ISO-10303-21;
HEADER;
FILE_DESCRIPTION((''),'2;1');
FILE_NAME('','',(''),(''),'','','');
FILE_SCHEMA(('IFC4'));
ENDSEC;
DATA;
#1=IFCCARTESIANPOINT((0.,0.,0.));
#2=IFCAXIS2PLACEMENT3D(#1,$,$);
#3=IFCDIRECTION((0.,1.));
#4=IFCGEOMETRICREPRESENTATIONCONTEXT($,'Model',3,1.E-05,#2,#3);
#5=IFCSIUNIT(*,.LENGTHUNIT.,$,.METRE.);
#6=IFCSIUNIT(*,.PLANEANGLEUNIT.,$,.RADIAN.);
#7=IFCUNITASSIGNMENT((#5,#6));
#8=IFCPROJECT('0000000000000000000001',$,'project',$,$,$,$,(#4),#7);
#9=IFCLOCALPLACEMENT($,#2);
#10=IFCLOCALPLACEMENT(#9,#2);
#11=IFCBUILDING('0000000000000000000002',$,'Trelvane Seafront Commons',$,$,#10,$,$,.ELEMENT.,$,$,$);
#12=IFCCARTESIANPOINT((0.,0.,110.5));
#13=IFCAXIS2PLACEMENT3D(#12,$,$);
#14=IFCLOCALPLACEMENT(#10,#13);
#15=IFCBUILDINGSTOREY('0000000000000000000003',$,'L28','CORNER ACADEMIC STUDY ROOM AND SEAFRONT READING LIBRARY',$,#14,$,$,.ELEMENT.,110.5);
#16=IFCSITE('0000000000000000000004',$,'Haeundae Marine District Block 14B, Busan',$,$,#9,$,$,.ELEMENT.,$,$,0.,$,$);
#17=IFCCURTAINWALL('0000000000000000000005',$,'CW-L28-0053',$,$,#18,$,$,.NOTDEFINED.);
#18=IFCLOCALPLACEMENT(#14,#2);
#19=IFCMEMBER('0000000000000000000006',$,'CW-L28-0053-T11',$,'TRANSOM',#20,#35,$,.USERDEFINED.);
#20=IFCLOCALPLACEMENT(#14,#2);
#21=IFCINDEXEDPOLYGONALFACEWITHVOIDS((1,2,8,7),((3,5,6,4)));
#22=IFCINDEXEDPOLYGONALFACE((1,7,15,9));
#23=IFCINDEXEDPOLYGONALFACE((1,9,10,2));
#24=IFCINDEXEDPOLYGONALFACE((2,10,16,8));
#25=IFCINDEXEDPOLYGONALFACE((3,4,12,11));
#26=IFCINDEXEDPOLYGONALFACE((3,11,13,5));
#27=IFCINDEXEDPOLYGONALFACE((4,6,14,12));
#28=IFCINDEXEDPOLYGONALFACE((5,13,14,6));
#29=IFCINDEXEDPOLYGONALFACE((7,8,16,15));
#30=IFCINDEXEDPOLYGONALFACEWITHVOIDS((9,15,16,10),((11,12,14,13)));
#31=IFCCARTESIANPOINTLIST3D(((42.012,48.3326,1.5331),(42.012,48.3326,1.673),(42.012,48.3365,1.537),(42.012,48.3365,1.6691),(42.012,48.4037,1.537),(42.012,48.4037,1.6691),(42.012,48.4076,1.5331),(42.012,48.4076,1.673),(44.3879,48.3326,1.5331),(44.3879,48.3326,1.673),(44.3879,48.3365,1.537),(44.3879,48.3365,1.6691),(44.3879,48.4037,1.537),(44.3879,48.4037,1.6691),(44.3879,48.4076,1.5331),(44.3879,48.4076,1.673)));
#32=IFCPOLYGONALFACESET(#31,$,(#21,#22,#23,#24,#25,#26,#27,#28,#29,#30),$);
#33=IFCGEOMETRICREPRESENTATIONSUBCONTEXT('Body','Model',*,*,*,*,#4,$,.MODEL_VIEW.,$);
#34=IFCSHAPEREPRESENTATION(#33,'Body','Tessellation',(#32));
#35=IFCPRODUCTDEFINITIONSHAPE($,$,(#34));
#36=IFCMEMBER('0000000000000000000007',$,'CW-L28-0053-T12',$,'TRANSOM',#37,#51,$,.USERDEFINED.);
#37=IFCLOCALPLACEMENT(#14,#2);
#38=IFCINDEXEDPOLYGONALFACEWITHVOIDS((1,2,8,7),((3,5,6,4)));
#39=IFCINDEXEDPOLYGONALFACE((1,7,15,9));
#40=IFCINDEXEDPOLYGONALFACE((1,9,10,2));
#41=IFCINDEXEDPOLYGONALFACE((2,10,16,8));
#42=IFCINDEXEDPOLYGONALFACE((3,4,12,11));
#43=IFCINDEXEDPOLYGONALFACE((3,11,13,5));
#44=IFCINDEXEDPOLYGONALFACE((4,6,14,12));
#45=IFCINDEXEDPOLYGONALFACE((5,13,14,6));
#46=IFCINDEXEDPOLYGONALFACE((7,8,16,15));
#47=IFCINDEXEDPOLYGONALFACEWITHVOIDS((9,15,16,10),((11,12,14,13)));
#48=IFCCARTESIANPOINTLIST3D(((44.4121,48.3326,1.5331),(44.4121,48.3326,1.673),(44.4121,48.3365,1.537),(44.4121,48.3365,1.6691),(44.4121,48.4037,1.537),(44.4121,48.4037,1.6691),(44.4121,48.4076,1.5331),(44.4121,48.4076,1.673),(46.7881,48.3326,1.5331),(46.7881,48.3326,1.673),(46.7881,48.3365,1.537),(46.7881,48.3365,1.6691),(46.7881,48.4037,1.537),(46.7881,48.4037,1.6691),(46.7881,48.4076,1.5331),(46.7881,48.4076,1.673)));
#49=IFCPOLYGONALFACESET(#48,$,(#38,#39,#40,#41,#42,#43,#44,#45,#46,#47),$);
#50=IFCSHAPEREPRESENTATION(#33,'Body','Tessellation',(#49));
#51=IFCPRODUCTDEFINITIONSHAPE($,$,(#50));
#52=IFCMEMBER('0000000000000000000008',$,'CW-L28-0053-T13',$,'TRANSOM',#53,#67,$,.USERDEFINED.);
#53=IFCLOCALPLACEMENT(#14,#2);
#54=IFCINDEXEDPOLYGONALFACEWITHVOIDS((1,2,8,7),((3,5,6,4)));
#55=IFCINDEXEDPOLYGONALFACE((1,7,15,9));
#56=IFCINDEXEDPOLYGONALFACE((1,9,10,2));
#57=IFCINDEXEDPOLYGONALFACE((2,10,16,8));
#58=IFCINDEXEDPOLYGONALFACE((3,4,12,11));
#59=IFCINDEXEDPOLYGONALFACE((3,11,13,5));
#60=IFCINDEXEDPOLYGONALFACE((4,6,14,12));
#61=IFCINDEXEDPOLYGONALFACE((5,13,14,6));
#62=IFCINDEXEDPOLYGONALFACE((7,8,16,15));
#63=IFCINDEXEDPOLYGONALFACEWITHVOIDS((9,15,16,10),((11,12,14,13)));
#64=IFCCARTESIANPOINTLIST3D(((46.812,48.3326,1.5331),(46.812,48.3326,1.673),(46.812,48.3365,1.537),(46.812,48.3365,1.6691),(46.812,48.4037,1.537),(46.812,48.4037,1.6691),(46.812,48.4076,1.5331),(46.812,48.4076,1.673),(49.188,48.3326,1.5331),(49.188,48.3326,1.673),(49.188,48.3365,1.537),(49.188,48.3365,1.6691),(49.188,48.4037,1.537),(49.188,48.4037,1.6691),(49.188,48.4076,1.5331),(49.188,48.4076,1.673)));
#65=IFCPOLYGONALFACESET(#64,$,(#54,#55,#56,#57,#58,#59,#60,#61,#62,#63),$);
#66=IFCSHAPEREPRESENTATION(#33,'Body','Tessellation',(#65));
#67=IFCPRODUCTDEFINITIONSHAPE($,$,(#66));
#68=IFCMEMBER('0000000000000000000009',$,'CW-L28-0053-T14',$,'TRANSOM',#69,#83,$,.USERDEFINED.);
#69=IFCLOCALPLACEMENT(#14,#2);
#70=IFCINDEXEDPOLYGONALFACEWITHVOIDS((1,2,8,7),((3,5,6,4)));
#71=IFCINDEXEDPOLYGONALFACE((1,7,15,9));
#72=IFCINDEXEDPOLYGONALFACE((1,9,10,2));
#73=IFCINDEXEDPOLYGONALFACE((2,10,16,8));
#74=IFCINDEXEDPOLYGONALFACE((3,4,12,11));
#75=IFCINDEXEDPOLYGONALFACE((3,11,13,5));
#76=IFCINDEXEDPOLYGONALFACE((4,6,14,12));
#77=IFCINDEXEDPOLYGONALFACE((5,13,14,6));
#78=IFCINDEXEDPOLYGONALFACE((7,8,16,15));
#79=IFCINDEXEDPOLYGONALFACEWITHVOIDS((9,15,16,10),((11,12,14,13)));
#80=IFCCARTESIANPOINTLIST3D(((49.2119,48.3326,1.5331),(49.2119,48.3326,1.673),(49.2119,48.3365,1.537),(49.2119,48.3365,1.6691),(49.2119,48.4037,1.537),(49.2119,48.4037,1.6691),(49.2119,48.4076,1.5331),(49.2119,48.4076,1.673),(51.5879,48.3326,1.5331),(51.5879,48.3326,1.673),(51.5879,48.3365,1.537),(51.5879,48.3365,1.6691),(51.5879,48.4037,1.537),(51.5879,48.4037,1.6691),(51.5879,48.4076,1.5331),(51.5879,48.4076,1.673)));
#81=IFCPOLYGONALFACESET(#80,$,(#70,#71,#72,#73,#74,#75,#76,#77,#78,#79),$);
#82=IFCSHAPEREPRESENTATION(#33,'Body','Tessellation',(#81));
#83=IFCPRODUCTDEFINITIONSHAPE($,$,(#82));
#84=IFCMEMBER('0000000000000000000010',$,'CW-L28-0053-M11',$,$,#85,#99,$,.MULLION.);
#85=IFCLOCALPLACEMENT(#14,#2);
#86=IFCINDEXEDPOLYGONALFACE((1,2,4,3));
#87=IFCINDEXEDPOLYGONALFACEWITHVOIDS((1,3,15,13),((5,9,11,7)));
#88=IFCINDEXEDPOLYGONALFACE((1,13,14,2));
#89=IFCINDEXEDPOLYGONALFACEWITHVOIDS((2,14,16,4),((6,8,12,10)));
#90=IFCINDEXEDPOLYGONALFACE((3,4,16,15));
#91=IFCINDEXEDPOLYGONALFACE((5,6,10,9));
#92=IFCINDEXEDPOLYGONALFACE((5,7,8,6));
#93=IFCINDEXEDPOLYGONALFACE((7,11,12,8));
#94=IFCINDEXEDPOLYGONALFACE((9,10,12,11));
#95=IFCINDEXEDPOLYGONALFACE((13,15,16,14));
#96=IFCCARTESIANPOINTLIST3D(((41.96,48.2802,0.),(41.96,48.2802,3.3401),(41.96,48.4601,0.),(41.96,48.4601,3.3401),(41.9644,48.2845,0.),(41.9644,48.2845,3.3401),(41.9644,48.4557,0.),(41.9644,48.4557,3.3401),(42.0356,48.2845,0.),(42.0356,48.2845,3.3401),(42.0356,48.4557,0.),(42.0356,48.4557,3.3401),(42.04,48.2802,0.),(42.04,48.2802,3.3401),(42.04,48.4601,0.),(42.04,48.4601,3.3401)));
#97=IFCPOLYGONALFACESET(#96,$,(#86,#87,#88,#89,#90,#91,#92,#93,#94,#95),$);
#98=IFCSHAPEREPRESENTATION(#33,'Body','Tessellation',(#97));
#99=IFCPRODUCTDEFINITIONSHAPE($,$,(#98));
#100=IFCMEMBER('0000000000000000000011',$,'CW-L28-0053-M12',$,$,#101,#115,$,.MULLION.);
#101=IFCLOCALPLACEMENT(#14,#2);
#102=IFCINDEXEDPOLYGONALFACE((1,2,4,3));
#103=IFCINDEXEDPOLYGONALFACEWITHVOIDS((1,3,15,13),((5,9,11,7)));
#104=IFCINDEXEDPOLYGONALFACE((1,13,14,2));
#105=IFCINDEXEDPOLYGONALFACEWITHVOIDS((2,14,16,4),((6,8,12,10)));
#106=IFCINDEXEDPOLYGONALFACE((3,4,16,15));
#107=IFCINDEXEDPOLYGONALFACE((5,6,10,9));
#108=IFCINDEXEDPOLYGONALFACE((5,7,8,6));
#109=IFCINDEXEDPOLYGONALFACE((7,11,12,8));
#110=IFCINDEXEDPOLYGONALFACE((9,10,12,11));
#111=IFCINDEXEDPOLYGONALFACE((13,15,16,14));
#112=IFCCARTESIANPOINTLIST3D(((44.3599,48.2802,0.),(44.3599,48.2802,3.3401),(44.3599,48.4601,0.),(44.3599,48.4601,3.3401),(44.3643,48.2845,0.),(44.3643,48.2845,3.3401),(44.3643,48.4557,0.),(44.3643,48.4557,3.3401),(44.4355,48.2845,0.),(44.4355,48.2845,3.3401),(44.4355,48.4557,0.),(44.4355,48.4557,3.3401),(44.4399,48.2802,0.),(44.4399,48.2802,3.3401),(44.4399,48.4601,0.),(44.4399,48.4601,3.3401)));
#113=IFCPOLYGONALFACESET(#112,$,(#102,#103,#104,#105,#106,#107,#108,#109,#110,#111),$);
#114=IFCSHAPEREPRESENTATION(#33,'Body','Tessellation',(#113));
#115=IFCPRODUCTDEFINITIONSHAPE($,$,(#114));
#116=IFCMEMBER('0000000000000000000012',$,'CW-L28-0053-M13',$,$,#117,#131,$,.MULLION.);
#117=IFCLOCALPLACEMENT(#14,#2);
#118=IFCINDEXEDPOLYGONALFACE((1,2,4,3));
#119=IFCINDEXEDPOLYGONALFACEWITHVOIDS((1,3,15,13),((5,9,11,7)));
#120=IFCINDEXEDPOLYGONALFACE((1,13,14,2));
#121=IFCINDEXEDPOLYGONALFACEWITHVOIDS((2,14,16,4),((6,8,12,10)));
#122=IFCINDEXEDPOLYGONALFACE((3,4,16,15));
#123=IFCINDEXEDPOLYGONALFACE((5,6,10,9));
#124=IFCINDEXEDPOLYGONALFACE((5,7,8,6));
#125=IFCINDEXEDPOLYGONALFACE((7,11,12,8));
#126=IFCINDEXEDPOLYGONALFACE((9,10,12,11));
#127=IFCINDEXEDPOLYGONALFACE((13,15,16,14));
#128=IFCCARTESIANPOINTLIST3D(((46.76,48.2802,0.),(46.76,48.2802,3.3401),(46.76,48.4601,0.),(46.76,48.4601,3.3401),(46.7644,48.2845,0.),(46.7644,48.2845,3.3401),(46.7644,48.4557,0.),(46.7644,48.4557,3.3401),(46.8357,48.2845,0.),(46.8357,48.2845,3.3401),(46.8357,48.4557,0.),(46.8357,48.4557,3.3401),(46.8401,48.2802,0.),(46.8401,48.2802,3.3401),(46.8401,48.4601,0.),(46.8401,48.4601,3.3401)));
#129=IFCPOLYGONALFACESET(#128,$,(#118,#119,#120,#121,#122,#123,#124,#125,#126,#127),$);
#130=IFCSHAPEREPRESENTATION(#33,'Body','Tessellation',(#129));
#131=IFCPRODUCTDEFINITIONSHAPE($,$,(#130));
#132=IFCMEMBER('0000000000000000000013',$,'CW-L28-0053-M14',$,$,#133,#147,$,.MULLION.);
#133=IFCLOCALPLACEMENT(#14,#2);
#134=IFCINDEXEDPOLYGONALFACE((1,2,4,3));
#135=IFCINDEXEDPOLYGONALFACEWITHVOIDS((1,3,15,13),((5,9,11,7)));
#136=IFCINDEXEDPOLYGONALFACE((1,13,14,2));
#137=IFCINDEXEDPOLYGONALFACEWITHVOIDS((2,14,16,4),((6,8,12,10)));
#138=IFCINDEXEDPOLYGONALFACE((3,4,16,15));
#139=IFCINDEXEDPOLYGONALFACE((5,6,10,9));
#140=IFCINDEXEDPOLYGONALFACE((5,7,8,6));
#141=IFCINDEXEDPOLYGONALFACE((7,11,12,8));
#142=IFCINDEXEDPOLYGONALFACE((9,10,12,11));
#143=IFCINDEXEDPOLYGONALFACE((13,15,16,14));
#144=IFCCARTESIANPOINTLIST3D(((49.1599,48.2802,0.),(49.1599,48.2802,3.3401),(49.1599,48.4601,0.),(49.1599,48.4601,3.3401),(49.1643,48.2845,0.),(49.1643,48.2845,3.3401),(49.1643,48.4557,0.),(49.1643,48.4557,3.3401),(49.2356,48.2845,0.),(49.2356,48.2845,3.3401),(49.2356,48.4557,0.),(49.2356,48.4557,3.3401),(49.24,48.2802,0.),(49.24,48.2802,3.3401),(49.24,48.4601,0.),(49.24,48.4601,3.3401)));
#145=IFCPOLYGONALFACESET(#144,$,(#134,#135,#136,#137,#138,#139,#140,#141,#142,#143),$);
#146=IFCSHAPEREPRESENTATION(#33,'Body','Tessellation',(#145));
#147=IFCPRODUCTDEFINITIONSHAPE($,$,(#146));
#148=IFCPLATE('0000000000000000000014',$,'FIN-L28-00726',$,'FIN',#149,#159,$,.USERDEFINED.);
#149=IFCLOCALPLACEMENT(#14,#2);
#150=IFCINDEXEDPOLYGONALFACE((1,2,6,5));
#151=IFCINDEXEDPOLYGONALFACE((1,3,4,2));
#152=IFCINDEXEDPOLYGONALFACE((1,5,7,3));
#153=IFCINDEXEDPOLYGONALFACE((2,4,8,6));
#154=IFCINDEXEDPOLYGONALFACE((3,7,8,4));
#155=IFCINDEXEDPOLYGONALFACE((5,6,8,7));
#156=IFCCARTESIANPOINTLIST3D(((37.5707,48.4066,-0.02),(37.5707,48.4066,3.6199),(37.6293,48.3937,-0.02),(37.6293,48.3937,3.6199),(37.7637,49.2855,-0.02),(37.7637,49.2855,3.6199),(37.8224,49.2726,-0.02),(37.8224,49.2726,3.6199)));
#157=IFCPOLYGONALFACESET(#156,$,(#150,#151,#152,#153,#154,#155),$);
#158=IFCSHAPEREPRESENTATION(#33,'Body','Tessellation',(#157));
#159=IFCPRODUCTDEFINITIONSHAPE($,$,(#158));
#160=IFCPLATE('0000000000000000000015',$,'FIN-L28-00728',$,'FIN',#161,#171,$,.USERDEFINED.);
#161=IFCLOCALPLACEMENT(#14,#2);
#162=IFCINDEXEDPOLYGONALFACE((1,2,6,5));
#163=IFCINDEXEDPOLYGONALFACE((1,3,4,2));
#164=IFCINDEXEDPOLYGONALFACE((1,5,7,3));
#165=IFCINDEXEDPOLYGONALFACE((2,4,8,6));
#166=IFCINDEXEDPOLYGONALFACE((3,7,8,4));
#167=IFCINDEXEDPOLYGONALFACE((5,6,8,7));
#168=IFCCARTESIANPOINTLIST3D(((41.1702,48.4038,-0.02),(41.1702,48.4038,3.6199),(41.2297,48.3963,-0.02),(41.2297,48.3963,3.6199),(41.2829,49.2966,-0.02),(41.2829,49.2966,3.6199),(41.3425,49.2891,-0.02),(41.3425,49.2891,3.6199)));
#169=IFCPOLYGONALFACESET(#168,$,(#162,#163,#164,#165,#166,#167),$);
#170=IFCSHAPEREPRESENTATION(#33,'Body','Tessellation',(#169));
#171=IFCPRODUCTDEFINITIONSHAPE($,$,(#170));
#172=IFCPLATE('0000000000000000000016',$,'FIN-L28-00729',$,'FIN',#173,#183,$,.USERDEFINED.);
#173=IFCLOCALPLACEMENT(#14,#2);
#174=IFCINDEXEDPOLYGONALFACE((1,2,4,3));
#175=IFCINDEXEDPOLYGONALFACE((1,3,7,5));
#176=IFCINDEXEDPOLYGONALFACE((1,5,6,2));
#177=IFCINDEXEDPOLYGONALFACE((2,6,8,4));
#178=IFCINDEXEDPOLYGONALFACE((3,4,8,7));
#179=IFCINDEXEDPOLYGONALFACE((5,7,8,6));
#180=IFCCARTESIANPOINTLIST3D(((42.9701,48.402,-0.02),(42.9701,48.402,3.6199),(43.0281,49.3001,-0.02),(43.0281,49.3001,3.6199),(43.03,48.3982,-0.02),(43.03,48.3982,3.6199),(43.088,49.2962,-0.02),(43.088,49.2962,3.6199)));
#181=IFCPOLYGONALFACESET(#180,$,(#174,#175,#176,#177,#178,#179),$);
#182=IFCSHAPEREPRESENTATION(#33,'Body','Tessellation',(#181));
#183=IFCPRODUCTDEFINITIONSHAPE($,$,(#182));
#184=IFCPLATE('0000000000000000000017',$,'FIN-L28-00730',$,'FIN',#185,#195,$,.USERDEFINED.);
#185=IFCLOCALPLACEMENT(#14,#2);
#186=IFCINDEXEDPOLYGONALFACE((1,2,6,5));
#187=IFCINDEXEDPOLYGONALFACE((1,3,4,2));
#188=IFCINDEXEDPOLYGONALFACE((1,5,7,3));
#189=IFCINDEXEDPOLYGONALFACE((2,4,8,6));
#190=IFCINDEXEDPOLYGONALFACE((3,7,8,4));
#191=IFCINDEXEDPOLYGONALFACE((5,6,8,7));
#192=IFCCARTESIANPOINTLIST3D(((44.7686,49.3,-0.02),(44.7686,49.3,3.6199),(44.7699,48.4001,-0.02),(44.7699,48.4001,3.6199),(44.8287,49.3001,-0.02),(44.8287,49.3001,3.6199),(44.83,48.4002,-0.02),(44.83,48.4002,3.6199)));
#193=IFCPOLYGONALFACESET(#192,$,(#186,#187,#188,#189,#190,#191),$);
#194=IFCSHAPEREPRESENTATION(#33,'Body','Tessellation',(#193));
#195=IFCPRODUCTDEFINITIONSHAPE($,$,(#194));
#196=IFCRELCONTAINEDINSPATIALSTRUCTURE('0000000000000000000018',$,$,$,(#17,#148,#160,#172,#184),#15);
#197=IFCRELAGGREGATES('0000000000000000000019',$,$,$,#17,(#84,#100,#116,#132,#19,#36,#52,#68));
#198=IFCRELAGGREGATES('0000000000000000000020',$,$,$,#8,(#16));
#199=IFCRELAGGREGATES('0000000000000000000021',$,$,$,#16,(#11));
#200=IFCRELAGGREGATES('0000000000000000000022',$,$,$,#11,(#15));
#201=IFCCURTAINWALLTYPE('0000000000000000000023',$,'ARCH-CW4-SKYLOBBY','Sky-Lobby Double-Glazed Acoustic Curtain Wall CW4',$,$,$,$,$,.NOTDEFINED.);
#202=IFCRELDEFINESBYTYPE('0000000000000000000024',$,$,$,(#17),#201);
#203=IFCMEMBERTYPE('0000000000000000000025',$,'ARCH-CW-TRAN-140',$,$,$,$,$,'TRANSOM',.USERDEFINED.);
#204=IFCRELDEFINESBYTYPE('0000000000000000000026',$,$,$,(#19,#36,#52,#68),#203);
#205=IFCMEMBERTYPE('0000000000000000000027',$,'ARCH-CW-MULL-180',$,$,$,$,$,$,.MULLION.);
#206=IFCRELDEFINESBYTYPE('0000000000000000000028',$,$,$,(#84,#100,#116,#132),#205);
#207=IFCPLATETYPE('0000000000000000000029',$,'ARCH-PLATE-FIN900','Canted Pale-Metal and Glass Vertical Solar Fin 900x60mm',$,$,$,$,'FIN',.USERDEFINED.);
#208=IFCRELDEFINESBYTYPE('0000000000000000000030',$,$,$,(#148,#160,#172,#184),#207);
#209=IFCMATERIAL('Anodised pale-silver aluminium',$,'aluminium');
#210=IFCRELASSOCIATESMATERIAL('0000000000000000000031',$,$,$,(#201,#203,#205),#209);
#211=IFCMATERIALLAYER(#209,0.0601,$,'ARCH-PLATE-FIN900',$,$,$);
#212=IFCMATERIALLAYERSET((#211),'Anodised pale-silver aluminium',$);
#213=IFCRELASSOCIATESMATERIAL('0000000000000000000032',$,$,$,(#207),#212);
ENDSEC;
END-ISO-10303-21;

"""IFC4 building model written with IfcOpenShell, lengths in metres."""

from ifc_helpers import new_model, si_unit, direction, frame, origin, origin_2d, place, context, subcontext, project, spatial, rectangle, hollow_rectangle, extrude, source, transform, mapped, material, layer, layer_set, material_profile, profile_set, type_object, element, aggregate, save


model = new_model("IFC4")

# Units and contexts
model_context = context("Model", 3, precision=1e-05, world=origin(), true_north=direction((0.0, 1.0)))
body_context = subcontext(model_context, "Body", "Model", "MODEL_VIEW")
ifc_project = project(units=[si_unit("LENGTHUNIT", "METRE"), si_unit("PLANEANGLEUNIT", "RADIAN")], contexts=[model_context])

# Site, building, storey
site_placement = place(None, origin())
site = spatial("IfcSite", under=ifc_project, at=site_placement, Name="Haeundae Marine District Block 14B, Busan", CompositionType="ELEMENT", RefElevation=0.0)
building_placement = place(site_placement, origin())
building = spatial("IfcBuilding", under=site, at=building_placement, Name="Trelvane Seafront Commons", CompositionType="ELEMENT")
storey_placement = place(building_placement, frame((0.0, 0.0, 110.5)))
storey = spatial("IfcBuildingStorey", under=building, at=storey_placement, Name="L28", Description="CORNER ACADEMIC STUDY ROOM AND SEAFRONT READING LIBRARY", CompositionType="ELEMENT", Elevation=110.5)

# Curtain wall, members
ifc_material_1 = material(Name="Anodised pale-silver aluminium", Category="aluminium")
curtain_wall_type = type_object("IfcCurtainWallType", Name="ARCH-CW4-SKYLOBBY", Description="Sky-Lobby Double-Glazed Acoustic Curtain Wall CW4", PredefinedType="NOTDEFINED", material=ifc_material_1)
curtain_wall_placement = place(storey_placement, origin())
curtain_wall = element("IfcCurtainWall", 1, at=curtain_wall_placement, inside=storey, type_object=curtain_wall_type, Name="CW-L28-0053", PredefinedType="NOTDEFINED")
ifc_material_profile_1 = material_profile(ifc_material_1, hollow_rectangle(XDim=0.075, YDim=0.1399, WallThickness=0.0039, at=origin_2d()), Name="TRAN-75x140x4")
ifc_profile_set_1 = profile_set([ifc_material_profile_1], Name="Anodised pale-silver aluminium")
member_type_1 = type_object("IfcMemberType", Name="ARCH-CW-TRAN-140", ElementType="TRANSOM", PredefinedType="USERDEFINED", material=ifc_profile_set_1)
shared_shape_1 = source(origin(), body_context, "Body", "SweptSolid", [
    extrude(hollow_rectangle(XDim=0.075, YDim=0.1399, WallThickness=0.0039, at=origin_2d()), origin(), (0.0, 0.0, 1.0), 2.376),
])
member_1_placement = place(storey_placement, frame((42.012, 48.3701, 1.603), z_axis=(1.0, 0.0, 0.0), x_axis=(0.0, 1.0, 0.0)))
member_1 = element("IfcMember", 2, at=member_1_placement, type_object=member_type_1, Name="CW-L28-0053-T11", ObjectType="TRANSOM", PredefinedType="USERDEFINED", context=body_context, shape_type="MappedRepresentation", body=[
    mapped(shared_shape_1, transform((0.0, 0.0, 0.0), x_axis=(1.0, 0.0, 0.0), y_axis=(0.0, 1.0, 0.0), z_axis=(0.0, 0.0, 1.0), scale=1.0)),
])
member_2_placement = place(storey_placement, frame((44.4121, 48.3701, 1.603), z_axis=(1.0, 0.0, 0.0), x_axis=(0.0, 1.0, 0.0)))
member_2 = element("IfcMember", 3, at=member_2_placement, type_object=member_type_1, Name="CW-L28-0053-T12", ObjectType="TRANSOM", PredefinedType="USERDEFINED", context=body_context, shape_type="MappedRepresentation", body=[
    mapped(shared_shape_1, transform((0.0, 0.0, 0.0), x_axis=(1.0, 0.0, 0.0), y_axis=(0.0, 1.0, 0.0), z_axis=(0.0, 0.0, 1.0), scale=1.0)),
])
member_3_placement = place(storey_placement, frame((46.812, 48.3701, 1.603), z_axis=(1.0, 0.0, 0.0), x_axis=(0.0, 1.0, 0.0)))
member_3 = element("IfcMember", 4, at=member_3_placement, type_object=member_type_1, Name="CW-L28-0053-T13", ObjectType="TRANSOM", PredefinedType="USERDEFINED", context=body_context, shape_type="MappedRepresentation", body=[
    mapped(shared_shape_1, transform((0.0, 0.0, 0.0), x_axis=(1.0, 0.0, 0.0), y_axis=(0.0, 1.0, 0.0), z_axis=(0.0, 0.0, 1.0), scale=1.0)),
])
member_4_placement = place(storey_placement, frame((49.2119, 48.3701, 1.603), z_axis=(1.0, 0.0, 0.0), x_axis=(0.0, 1.0, 0.0)))
member_4 = element("IfcMember", 5, at=member_4_placement, type_object=member_type_1, Name="CW-L28-0053-T14", ObjectType="TRANSOM", PredefinedType="USERDEFINED", context=body_context, shape_type="MappedRepresentation", body=[
    mapped(shared_shape_1, transform((0.0, 0.0, 0.0), x_axis=(1.0, 0.0, 0.0), y_axis=(0.0, 1.0, 0.0), z_axis=(0.0, 0.0, 1.0), scale=1.0)),
])
ifc_material_profile_2 = material_profile(ifc_material_1, hollow_rectangle(XDim=0.0801, YDim=0.1799, WallThickness=0.0044, at=origin_2d()), Name="MULL-80x180x4.5")
ifc_profile_set_2 = profile_set([ifc_material_profile_2], Name="Anodised pale-silver aluminium")
member_type_2 = type_object("IfcMemberType", Name="ARCH-CW-MULL-180", PredefinedType="MULLION", material=ifc_profile_set_2)
shared_shape_2 = source(origin(), body_context, "Body", "SweptSolid", [
    extrude(hollow_rectangle(XDim=0.0801, YDim=0.1799, WallThickness=0.0044, at=origin_2d()), origin(), (0.0, 0.0, 1.0), 3.3401),
])
member_5_placement = place(storey_placement, frame((42.0, 48.3701, 0.0), z_axis=(0.0, 0.0, 1.0), x_axis=(1.0, 0.0, 0.0)))
member_5 = element("IfcMember", 6, at=member_5_placement, type_object=member_type_2, Name="CW-L28-0053-M11", PredefinedType="MULLION", context=body_context, shape_type="MappedRepresentation", body=[
    mapped(shared_shape_2, transform((0.0, 0.0, 0.0), x_axis=(1.0, 0.0, 0.0), y_axis=(0.0, 1.0, 0.0), z_axis=(0.0, 0.0, 1.0), scale=1.0)),
])
member_6_placement = place(storey_placement, frame((44.3999, 48.3701, 0.0), z_axis=(0.0, 0.0, 1.0), x_axis=(1.0, 0.0, 0.0)))
member_6 = element("IfcMember", 7, at=member_6_placement, type_object=member_type_2, Name="CW-L28-0053-M12", PredefinedType="MULLION", context=body_context, shape_type="MappedRepresentation", body=[
    mapped(shared_shape_2, transform((0.0, 0.0, 0.0), x_axis=(1.0, 0.0, 0.0), y_axis=(0.0, 1.0, 0.0), z_axis=(0.0, 0.0, 1.0), scale=1.0)),
])
member_7_placement = place(storey_placement, frame((46.8, 48.3701, 0.0), z_axis=(0.0, 0.0, 1.0), x_axis=(1.0, 0.0, 0.0)))
member_7 = element("IfcMember", 8, at=member_7_placement, type_object=member_type_2, Name="CW-L28-0053-M13", PredefinedType="MULLION", context=body_context, shape_type="MappedRepresentation", body=[
    mapped(shared_shape_2, transform((0.0, 0.0, 0.0), x_axis=(1.0, 0.0, 0.0), y_axis=(0.0, 1.0, 0.0), z_axis=(0.0, 0.0, 1.0), scale=1.0)),
])
member_8_placement = place(storey_placement, frame((49.2, 48.3701, 0.0), z_axis=(0.0, 0.0, 1.0), x_axis=(1.0, 0.0, 0.0)))
member_8 = element("IfcMember", 9, at=member_8_placement, type_object=member_type_2, Name="CW-L28-0053-M14", PredefinedType="MULLION", context=body_context, shape_type="MappedRepresentation", body=[
    mapped(shared_shape_2, transform((0.0, 0.0, 0.0), x_axis=(1.0, 0.0, 0.0), y_axis=(0.0, 1.0, 0.0), z_axis=(0.0, 0.0, 1.0), scale=1.0)),
])

# Plates
ifc_layer_1 = layer(ifc_material_1, 0.0601, Name="ARCH-PLATE-FIN900")
ifc_layer_set_1 = layer_set([ifc_layer_1], Name="Anodised pale-silver aluminium")
plate_type_1 = type_object("IfcPlateType", Name="ARCH-PLATE-FIN900", Description="Canted Pale-Metal and Glass Vertical Solar Fin 900x60mm", ElementType="FIN", PredefinedType="USERDEFINED", material=ifc_layer_set_1)
shared_shape_3 = source(origin(), body_context, "Body", "SweptSolid", [
    extrude(rectangle(XDim=0.8999, YDim=0.0601, at=origin_2d()), origin(), (0.0, 0.0, 1.0), 3.6399),
])
for number, where, z_axis, x_axis, name in (
    (10, (37.6965, 48.8396, -0.02), (0.0, 0.0, 1.0), (0.214565, 0.97671, 0.0), "FIN-L28-00726"),
    (11, (41.2563, 48.8464, -0.02), (0.0, 0.0, 1.0), (0.125333, 0.992115, 0.0), "FIN-L28-00728"),
    (12, (43.0291, 48.8491, -0.02), (0.0, 0.0, 1.0), (0.064447, 0.997921, 0.0), "FIN-L28-00729"),
    (13, (44.7993, 48.8501, -0.02), (0.0, 0.0, 1.0), (-0.001445, 0.999999, 0.0), "FIN-L28-00730"),
):
    element("IfcPlate", number, at=place(storey_placement, frame(where, z_axis=z_axis, x_axis=x_axis)), inside=storey, type_object=plate_type_1, Name=name, ObjectType="FIN", PredefinedType="USERDEFINED", context=body_context, shape_type="MappedRepresentation", body=[
        mapped(shared_shape_3, transform((0.0, 0.0, 0.0), x_axis=(1.0, 0.0, 0.0), y_axis=(0.0, 1.0, 0.0), z_axis=(0.0, 0.0, 1.0), scale=1.0)),
    ])

aggregate(curtain_wall, [member_5, member_6, member_7, member_8, member_1, member_2, member_3, member_4])

save(model, "model.ifc")
